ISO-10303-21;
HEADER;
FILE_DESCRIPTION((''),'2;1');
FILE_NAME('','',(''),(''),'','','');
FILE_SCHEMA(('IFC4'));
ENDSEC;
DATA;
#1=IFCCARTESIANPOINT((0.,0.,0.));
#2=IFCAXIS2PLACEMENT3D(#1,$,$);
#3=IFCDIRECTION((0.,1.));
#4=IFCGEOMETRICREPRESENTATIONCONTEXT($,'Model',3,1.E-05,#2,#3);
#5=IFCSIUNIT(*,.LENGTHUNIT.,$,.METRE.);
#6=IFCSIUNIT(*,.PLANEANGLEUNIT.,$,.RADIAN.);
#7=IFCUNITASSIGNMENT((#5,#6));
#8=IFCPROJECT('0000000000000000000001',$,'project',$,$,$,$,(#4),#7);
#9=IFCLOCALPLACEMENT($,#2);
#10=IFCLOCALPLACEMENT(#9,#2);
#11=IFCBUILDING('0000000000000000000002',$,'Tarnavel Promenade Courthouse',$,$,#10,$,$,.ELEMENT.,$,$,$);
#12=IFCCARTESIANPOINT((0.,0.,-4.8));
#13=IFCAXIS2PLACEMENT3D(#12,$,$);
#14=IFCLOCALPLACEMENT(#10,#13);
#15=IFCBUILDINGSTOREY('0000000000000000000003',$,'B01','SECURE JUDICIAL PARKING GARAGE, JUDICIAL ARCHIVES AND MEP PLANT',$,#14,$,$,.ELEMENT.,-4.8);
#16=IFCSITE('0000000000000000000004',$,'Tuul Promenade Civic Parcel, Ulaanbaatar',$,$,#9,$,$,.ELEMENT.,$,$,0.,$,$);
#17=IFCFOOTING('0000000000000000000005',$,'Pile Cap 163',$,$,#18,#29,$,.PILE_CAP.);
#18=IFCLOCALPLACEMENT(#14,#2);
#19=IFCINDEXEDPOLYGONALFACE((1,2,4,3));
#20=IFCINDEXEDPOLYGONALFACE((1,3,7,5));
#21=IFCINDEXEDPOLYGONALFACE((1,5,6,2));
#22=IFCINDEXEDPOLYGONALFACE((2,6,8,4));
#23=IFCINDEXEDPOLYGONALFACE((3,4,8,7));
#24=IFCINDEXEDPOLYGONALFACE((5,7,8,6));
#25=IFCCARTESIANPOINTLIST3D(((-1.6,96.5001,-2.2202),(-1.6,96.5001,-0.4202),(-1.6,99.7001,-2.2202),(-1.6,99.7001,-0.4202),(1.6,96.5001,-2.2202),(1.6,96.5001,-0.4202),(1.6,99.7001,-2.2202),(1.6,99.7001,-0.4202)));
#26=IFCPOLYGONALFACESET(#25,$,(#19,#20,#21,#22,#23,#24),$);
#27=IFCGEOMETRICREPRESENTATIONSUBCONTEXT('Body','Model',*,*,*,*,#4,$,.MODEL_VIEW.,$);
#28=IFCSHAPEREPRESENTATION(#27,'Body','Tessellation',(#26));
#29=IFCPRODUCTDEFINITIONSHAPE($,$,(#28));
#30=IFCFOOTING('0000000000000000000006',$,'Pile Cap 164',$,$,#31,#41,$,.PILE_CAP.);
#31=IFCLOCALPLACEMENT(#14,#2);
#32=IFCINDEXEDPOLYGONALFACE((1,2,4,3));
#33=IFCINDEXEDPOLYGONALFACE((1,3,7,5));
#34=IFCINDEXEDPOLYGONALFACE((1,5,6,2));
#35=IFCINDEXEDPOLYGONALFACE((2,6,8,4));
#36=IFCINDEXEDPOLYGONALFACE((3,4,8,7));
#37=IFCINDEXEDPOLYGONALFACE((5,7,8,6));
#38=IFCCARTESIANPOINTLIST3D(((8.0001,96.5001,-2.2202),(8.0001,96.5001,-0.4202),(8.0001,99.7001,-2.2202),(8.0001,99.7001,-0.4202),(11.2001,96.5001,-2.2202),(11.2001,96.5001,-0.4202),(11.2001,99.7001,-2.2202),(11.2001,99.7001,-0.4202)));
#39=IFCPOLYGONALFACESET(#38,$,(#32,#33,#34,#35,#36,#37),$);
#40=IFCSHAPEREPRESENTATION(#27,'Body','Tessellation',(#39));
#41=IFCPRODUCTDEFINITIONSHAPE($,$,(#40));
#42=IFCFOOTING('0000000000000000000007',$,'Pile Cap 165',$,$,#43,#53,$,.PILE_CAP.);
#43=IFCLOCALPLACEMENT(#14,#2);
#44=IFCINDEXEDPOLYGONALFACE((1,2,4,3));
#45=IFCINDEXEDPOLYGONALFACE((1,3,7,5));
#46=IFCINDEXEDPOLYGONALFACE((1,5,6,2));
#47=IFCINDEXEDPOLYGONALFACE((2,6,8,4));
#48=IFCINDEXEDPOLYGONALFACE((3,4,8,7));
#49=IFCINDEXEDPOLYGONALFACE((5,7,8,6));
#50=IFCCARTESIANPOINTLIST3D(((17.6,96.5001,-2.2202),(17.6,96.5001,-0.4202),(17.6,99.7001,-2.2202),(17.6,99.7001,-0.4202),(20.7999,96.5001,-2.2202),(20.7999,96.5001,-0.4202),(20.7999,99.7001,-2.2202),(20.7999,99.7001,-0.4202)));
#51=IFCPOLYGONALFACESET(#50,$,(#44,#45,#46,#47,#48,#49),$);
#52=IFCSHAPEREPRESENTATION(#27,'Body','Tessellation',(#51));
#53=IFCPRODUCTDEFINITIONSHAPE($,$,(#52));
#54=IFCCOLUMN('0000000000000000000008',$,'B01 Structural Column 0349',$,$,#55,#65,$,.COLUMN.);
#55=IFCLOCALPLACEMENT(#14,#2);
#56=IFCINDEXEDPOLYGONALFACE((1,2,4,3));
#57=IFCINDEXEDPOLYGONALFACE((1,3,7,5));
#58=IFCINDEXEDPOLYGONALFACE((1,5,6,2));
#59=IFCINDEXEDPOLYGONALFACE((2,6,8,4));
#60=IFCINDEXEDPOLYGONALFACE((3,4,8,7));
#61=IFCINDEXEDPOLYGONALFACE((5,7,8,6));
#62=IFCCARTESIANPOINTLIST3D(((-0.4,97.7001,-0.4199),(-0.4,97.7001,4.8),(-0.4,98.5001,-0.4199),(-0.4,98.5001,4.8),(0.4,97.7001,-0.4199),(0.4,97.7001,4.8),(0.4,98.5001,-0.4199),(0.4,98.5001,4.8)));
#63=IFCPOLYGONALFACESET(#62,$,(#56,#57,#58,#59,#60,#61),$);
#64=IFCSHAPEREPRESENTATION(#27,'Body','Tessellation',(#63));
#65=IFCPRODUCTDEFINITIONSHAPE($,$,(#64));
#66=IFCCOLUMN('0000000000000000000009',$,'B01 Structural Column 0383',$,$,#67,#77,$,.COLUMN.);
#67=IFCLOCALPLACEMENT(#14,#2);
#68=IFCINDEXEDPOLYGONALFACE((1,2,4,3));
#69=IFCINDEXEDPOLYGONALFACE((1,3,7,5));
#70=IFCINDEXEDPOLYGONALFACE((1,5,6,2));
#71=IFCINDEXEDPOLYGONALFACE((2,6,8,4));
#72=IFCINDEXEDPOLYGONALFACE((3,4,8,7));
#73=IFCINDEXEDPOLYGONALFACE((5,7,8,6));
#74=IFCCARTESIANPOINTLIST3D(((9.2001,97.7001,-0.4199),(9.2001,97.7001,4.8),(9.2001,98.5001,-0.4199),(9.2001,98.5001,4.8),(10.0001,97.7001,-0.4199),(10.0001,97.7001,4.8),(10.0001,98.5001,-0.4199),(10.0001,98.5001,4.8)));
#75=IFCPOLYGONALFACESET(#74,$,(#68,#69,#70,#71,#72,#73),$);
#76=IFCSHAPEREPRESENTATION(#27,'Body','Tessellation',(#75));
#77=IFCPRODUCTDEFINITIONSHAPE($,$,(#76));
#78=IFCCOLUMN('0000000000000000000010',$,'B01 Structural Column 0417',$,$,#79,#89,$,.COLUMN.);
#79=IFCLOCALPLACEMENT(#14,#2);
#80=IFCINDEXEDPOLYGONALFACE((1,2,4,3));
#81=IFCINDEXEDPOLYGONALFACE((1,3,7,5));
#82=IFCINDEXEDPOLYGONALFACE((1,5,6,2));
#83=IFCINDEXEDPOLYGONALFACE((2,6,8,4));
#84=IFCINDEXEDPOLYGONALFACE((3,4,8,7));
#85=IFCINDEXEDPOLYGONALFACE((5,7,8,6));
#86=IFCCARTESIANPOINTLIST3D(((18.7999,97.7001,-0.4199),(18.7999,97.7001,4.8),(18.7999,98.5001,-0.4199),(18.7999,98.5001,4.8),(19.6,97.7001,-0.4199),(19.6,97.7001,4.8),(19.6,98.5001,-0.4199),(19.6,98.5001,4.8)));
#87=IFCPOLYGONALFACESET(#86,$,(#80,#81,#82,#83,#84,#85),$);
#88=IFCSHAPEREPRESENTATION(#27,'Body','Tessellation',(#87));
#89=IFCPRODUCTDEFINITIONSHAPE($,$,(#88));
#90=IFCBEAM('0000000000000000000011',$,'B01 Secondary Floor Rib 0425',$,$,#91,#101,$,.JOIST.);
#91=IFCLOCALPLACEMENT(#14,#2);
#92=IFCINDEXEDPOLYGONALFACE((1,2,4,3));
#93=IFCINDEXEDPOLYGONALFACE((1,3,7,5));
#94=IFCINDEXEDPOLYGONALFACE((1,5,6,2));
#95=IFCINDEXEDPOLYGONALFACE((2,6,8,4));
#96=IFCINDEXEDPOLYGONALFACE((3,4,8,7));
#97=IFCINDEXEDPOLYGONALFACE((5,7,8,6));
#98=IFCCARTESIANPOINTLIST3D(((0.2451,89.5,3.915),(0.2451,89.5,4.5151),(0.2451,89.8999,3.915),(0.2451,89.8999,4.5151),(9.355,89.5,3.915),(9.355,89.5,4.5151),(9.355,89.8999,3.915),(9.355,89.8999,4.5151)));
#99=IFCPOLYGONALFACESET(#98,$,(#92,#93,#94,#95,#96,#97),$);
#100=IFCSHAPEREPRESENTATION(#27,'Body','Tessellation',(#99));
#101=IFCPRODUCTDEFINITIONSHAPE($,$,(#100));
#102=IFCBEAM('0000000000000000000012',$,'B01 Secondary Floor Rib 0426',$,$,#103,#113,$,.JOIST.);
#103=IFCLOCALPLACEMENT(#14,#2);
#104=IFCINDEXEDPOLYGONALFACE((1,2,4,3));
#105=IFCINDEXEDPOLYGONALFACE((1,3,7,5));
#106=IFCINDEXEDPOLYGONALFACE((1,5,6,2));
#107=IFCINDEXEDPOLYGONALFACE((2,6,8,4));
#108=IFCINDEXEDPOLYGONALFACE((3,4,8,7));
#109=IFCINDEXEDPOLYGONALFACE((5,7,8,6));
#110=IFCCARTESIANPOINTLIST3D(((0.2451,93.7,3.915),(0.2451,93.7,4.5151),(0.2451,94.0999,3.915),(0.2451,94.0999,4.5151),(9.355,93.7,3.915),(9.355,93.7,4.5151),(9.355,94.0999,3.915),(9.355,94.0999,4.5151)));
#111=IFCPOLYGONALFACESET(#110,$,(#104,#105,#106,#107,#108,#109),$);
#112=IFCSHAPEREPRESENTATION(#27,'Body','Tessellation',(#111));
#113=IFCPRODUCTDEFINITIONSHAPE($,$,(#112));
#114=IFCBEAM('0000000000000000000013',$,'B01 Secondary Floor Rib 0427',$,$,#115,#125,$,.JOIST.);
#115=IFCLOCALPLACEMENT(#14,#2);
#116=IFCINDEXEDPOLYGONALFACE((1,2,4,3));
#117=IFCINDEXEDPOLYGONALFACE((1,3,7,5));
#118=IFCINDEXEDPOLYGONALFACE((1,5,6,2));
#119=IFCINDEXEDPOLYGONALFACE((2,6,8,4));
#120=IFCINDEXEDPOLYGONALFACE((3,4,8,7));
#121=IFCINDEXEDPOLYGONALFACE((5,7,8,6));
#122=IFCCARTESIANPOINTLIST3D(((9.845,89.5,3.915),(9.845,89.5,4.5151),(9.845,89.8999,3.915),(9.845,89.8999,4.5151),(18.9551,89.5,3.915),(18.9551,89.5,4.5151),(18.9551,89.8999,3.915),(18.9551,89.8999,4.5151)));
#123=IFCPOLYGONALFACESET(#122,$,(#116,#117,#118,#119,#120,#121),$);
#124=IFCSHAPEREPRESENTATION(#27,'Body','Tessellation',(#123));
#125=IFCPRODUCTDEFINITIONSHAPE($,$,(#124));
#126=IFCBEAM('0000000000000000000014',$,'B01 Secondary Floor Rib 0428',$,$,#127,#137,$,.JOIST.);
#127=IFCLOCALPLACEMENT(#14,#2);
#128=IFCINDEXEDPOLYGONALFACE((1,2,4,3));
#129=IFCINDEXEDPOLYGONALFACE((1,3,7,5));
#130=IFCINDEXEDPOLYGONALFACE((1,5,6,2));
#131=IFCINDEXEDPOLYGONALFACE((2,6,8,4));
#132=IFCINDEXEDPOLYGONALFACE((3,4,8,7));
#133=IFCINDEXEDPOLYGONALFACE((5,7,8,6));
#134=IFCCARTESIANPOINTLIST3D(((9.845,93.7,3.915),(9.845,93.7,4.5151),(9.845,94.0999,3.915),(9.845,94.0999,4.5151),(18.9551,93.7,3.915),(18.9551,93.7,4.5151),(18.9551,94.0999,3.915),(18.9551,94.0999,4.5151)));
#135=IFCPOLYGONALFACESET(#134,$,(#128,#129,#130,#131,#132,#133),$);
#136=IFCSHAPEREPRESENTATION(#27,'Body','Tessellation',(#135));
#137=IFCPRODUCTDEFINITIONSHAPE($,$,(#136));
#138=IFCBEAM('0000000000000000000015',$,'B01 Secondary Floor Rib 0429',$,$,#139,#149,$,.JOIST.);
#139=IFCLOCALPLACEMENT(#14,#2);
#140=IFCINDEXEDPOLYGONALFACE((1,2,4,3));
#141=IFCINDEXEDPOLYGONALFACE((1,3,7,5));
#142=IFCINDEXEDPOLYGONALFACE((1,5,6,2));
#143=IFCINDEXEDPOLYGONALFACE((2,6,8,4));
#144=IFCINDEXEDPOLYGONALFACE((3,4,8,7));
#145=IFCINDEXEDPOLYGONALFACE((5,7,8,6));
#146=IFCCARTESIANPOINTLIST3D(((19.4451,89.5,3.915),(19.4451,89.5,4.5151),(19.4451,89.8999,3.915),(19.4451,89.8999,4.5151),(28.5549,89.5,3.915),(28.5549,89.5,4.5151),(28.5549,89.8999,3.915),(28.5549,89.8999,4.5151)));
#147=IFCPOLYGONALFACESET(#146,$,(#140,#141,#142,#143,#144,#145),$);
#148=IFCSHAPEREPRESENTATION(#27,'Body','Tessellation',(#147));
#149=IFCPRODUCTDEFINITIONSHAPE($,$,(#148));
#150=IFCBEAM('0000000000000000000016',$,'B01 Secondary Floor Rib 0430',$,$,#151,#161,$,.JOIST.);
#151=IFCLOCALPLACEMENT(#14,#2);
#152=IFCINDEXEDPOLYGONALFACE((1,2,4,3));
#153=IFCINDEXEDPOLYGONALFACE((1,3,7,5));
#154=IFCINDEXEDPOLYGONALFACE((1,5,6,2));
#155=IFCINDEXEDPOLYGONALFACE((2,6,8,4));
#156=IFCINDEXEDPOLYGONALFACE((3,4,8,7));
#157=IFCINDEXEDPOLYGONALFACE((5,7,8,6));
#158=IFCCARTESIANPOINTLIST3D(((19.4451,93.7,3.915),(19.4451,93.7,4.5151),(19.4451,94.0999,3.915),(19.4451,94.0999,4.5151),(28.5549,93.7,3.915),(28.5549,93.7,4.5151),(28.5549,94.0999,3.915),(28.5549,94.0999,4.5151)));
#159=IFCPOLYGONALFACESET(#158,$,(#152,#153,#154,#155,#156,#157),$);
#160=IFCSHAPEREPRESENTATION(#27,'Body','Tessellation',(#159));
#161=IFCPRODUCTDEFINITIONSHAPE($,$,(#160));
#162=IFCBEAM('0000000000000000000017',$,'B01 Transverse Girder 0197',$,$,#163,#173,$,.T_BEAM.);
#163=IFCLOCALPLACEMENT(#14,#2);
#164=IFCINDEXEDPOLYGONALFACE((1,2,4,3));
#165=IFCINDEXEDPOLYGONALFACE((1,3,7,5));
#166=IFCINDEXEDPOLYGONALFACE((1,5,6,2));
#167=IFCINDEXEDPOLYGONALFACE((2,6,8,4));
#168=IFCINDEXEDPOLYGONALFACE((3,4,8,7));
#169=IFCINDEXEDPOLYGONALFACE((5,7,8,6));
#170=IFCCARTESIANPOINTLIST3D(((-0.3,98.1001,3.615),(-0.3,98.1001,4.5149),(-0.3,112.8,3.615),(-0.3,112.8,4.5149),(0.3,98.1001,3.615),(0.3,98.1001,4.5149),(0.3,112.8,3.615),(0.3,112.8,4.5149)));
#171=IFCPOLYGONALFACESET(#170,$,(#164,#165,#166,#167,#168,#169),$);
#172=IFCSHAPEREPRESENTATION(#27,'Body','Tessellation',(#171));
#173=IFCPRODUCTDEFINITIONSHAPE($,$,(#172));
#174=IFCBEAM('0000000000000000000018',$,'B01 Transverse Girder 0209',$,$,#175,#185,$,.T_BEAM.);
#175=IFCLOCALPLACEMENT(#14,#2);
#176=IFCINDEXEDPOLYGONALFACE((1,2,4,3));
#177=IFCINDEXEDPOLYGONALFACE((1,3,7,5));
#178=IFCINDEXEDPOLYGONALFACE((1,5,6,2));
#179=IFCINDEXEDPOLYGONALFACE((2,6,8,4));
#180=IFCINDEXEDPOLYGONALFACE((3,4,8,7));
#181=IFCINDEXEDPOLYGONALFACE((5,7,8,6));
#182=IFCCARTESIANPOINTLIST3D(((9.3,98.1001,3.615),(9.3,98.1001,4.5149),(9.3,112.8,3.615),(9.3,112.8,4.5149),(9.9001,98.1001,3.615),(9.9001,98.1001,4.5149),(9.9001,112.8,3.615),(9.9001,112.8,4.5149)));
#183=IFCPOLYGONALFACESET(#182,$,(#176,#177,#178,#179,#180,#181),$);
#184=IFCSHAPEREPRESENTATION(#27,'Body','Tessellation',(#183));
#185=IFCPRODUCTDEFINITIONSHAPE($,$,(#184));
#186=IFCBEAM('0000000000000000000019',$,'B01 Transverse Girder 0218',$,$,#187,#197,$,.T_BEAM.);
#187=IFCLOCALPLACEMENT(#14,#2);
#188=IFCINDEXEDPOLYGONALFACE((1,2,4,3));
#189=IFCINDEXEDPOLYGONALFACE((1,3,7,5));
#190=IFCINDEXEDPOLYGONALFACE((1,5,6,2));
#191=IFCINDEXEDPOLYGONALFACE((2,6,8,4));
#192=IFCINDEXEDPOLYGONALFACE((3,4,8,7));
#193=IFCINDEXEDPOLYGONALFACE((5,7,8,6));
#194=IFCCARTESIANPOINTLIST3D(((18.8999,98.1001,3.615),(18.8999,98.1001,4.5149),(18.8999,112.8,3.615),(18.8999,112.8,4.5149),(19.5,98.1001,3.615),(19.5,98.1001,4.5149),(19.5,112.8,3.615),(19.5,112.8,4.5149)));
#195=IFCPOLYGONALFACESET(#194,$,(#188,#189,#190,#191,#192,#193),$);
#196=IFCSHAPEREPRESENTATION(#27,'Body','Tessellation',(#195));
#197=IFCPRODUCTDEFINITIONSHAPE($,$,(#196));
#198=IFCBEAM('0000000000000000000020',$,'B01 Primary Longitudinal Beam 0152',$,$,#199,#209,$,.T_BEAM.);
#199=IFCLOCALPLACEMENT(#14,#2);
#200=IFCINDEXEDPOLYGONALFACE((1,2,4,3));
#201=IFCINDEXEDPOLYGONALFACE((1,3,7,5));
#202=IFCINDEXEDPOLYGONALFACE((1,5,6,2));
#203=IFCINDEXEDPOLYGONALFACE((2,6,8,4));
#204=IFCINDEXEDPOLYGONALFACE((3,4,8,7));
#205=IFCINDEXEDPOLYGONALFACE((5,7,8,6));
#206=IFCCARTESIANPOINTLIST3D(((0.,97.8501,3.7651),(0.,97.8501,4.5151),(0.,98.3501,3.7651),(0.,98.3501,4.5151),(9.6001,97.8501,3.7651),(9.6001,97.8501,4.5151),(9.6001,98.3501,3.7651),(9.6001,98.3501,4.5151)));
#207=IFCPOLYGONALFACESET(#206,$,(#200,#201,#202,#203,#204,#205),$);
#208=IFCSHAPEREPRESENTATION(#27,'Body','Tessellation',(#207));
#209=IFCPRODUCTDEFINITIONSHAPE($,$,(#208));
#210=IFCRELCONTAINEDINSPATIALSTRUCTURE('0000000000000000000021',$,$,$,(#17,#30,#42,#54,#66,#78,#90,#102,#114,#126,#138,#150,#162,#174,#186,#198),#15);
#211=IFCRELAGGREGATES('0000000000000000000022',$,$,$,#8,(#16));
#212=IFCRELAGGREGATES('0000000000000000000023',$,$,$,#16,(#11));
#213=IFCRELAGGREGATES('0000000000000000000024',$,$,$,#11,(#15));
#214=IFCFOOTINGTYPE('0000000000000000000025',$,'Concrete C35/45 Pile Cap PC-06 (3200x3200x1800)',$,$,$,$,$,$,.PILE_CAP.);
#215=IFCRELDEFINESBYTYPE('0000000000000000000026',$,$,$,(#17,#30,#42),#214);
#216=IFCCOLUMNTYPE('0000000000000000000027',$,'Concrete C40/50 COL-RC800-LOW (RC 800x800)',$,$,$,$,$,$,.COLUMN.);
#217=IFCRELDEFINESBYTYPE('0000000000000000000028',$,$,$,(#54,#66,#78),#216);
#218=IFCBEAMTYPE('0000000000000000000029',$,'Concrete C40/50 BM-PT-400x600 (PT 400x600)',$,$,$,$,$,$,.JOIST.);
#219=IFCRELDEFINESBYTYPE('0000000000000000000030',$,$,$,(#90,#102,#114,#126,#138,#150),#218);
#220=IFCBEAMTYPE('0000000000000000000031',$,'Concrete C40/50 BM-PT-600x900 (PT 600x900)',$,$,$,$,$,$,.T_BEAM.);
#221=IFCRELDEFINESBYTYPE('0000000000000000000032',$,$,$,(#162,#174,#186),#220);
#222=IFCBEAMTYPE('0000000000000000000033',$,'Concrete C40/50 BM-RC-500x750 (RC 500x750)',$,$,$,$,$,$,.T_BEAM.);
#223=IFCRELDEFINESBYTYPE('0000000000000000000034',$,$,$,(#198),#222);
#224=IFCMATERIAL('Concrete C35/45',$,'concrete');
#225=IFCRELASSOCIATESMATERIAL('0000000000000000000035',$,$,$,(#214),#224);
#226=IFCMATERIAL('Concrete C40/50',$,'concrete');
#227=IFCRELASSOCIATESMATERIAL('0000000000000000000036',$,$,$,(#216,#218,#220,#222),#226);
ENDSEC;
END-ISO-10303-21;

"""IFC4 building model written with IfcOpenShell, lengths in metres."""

from ifc_helpers import new_model, si_unit, direction, frame, origin, origin_2d, place, context, subcontext, project, spatial, rectangle, extrude, material, material_profile, profile_set, type_object, element, save


model = new_model("IFC4")

# Units and contexts
model_context = context("Model", 3, precision=1e-05, world=origin(), true_north=direction((0.0, 1.0)))
body_context = subcontext(model_context, "Body", "Model", "MODEL_VIEW")
ifc_project = project(units=[si_unit("LENGTHUNIT", "METRE"), si_unit("PLANEANGLEUNIT", "RADIAN")], contexts=[model_context])

# Site, building, storey
site_placement = place(None, origin())
site = spatial("IfcSite", under=ifc_project, at=site_placement, Name="Tuul Promenade Civic Parcel, Ulaanbaatar", CompositionType="ELEMENT", RefElevation=0.0)
building_placement = place(site_placement, origin())
building = spatial("IfcBuilding", under=site, at=building_placement, Name="Tarnavel Promenade Courthouse", CompositionType="ELEMENT")
storey_placement = place(building_placement, frame((0.0, 0.0, -4.8)))
storey = spatial("IfcBuildingStorey", under=building, at=storey_placement, Name="B01", Description="SECURE JUDICIAL PARKING GARAGE, JUDICIAL ARCHIVES AND MEP PLANT", CompositionType="ELEMENT", Elevation=-4.8)

# Footings
ifc_material_1 = material(Name="Concrete C35/45", Category="concrete")
footing_type_1 = type_object("IfcFootingType", Name="Concrete C35/45 Pile Cap PC-06 (3200x3200x1800)", PredefinedType="PILE_CAP", material=ifc_material_1)
for number, where, z_axis, x_axis, name in (
    (1, (0.0, 98.1001, -2.2202), (0.0, 0.0, 1.0), (1.0, 0.0, 0.0), "Pile Cap 163"),
    (2, (9.6001, 98.1001, -2.2202), (0.0, 0.0, 1.0), (1.0, 0.0, 0.0), "Pile Cap 164"),
    (3, (19.2, 98.1001, -2.2202), (0.0, 0.0, 1.0), (1.0, 0.0, 0.0), "Pile Cap 165"),
):
    element("IfcFooting", number, at=place(storey_placement, frame(where, z_axis=z_axis, x_axis=x_axis)), inside=storey, type_object=footing_type_1, Name=name, PredefinedType="PILE_CAP", context=body_context, shape_type="SweptSolid", body=[
        extrude(rectangle(XDim=3.2, YDim=3.2, at=origin_2d()), origin(), (0.0, 0.0, 1.0), 1.8),
    ])

# Columns
ifc_material_2 = material(Name="Concrete C40/50", Category="concrete")
ifc_material_profile_1 = material_profile(ifc_material_2, rectangle(XDim=0.8, YDim=0.8, at=origin_2d()), Name="RC 800x800")
ifc_profile_set_1 = profile_set([ifc_material_profile_1], Name="Concrete C40/50")
column_type = type_object("IfcColumnType", Name="Concrete C40/50 COL-RC800-LOW (RC 800x800)", PredefinedType="COLUMN", material=ifc_profile_set_1)
for number, where, z_axis, x_axis, name in (
    (4, (0.0, 98.1001, -0.4199), (0.0, 0.0, 1.0), (1.0, 0.0, 0.0), "B01 Structural Column 0349"),
    (5, (9.6001, 98.1001, -0.4199), (0.0, 0.0, 1.0), (1.0, 0.0, 0.0), "B01 Structural Column 0383"),
    (6, (19.2, 98.1001, -0.4199), (0.0, 0.0, 1.0), (1.0, 0.0, 0.0), "B01 Structural Column 0417"),
):
    element("IfcColumn", number, at=place(storey_placement, frame(where, z_axis=z_axis, x_axis=x_axis)), inside=storey, type_object=column_type, Name=name, PredefinedType="COLUMN", context=body_context, shape_type="SweptSolid", body=[
        extrude(rectangle(XDim=0.8, YDim=0.8, at=origin_2d()), origin(), (0.0, 0.0, 1.0), 5.22),
    ])

# Beams
ifc_material_profile_2 = material_profile(ifc_material_2, rectangle(XDim=0.3999, YDim=0.6001, at=origin_2d()), Name="PT 400x600")
ifc_profile_set_2 = profile_set([ifc_material_profile_2], Name="Concrete C40/50")
beam_type_1 = type_object("IfcBeamType", Name="Concrete C40/50 BM-PT-400x600 (PT 400x600)", PredefinedType="JOIST", material=ifc_profile_set_2)
for number, where, z_axis, x_axis, name in (
    (7, (0.2451, 89.7, 4.2151), (1.0, 0.0, 0.0), (0.0, 1.0, 0.0), "B01 Secondary Floor Rib 0425"),
    (8, (0.2451, 93.8999, 4.2151), (1.0, 0.0, 0.0), (0.0, 1.0, 0.0), "B01 Secondary Floor Rib 0426"),
):
    element("IfcBeam", number, at=place(storey_placement, frame(where, z_axis=z_axis, x_axis=x_axis)), inside=storey, type_object=beam_type_1, Name=name, PredefinedType="JOIST", context=body_context, shape_type="SweptSolid", body=[
        extrude(rectangle(XDim=0.3999, YDim=0.6001, at=origin_2d()), origin(), (0.0, 0.0, 1.0), 9.1099),
    ])
for number, where, z_axis, x_axis, name in (
    (9, (9.845, 89.7, 4.2151), (1.0, 0.0, 0.0), (0.0, 1.0, 0.0), "B01 Secondary Floor Rib 0427"),
    (10, (9.845, 93.8999, 4.2151), (1.0, 0.0, 0.0), (0.0, 1.0, 0.0), "B01 Secondary Floor Rib 0428"),
):
    element("IfcBeam", number, at=place(storey_placement, frame(where, z_axis=z_axis, x_axis=x_axis)), inside=storey, type_object=beam_type_1, Name=name, PredefinedType="JOIST", context=body_context, shape_type="SweptSolid", body=[
        extrude(rectangle(XDim=0.3999, YDim=0.6001, at=origin_2d()), origin(), (0.0, 0.0, 1.0), 9.1101),
    ])
for number, where, z_axis, x_axis, name in (
    (11, (19.4451, 89.7, 4.2151), (1.0, 0.0, 0.0), (0.0, 1.0, 0.0), "B01 Secondary Floor Rib 0429"),
    (12, (19.4451, 93.8999, 4.2151), (1.0, 0.0, 0.0), (0.0, 1.0, 0.0), "B01 Secondary Floor Rib 0430"),
):
    element("IfcBeam", number, at=place(storey_placement, frame(where, z_axis=z_axis, x_axis=x_axis)), inside=storey, type_object=beam_type_1, Name=name, PredefinedType="JOIST", context=body_context, shape_type="SweptSolid", body=[
        extrude(rectangle(XDim=0.3999, YDim=0.6001, at=origin_2d()), origin(), (0.0, 0.0, 1.0), 9.1099),
    ])
ifc_material_profile_3 = material_profile(ifc_material_2, rectangle(XDim=0.6001, YDim=0.8999, at=origin_2d()), Name="PT 600x900")
ifc_profile_set_3 = profile_set([ifc_material_profile_3], Name="Concrete C40/50")
beam_type_2 = type_object("IfcBeamType", Name="Concrete C40/50 BM-PT-600x900 (PT 600x900)", PredefinedType="T_BEAM", material=ifc_profile_set_3)
for number, where, z_axis, x_axis, name in (
    (13, (0.0, 98.1001, 4.0649), (0.0, 1.0, 0.0), (-1.0, 0.0, 0.0), "B01 Transverse Girder 0197"),
    (14, (9.6001, 98.1001, 4.0649), (0.0, 1.0, 0.0), (-1.0, 0.0, 0.0), "B01 Transverse Girder 0209"),
    (15, (19.2, 98.1001, 4.0649), (0.0, 1.0, 0.0), (-1.0, 0.0, 0.0), "B01 Transverse Girder 0218"),
):
    element("IfcBeam", number, at=place(storey_placement, frame(where, z_axis=z_axis, x_axis=x_axis)), inside=storey, type_object=beam_type_2, Name=name, PredefinedType="T_BEAM", context=body_context, shape_type="SweptSolid", body=[
        extrude(rectangle(XDim=0.6001, YDim=0.8999, at=origin_2d()), origin(), (0.0, 0.0, 1.0), 14.7),
    ])
ifc_material_profile_4 = material_profile(ifc_material_2, rectangle(XDim=0.5, YDim=0.75, at=origin_2d()), Name="RC 500x750")
ifc_profile_set_4 = profile_set([ifc_material_profile_4], Name="Concrete C40/50")
beam_type_3 = type_object("IfcBeamType", Name="Concrete C40/50 BM-RC-500x750 (RC 500x750)", PredefinedType="T_BEAM", material=ifc_profile_set_4)
beam_1_placement = place(storey_placement, frame((0.0, 98.1001, 4.1401), z_axis=(1.0, 0.0, 0.0), x_axis=(0.0, 1.0, 0.0)))
element("IfcBeam", 16, at=beam_1_placement, inside=storey, type_object=beam_type_3, Name="B01 Primary Longitudinal Beam 0152", PredefinedType="T_BEAM", context=body_context, shape_type="SweptSolid", body=[
    extrude(rectangle(XDim=0.5, YDim=0.75, at=origin_2d()), origin(), (0.0, 0.0, 1.0), 9.6001),
])

save(model, "model.ifc")
